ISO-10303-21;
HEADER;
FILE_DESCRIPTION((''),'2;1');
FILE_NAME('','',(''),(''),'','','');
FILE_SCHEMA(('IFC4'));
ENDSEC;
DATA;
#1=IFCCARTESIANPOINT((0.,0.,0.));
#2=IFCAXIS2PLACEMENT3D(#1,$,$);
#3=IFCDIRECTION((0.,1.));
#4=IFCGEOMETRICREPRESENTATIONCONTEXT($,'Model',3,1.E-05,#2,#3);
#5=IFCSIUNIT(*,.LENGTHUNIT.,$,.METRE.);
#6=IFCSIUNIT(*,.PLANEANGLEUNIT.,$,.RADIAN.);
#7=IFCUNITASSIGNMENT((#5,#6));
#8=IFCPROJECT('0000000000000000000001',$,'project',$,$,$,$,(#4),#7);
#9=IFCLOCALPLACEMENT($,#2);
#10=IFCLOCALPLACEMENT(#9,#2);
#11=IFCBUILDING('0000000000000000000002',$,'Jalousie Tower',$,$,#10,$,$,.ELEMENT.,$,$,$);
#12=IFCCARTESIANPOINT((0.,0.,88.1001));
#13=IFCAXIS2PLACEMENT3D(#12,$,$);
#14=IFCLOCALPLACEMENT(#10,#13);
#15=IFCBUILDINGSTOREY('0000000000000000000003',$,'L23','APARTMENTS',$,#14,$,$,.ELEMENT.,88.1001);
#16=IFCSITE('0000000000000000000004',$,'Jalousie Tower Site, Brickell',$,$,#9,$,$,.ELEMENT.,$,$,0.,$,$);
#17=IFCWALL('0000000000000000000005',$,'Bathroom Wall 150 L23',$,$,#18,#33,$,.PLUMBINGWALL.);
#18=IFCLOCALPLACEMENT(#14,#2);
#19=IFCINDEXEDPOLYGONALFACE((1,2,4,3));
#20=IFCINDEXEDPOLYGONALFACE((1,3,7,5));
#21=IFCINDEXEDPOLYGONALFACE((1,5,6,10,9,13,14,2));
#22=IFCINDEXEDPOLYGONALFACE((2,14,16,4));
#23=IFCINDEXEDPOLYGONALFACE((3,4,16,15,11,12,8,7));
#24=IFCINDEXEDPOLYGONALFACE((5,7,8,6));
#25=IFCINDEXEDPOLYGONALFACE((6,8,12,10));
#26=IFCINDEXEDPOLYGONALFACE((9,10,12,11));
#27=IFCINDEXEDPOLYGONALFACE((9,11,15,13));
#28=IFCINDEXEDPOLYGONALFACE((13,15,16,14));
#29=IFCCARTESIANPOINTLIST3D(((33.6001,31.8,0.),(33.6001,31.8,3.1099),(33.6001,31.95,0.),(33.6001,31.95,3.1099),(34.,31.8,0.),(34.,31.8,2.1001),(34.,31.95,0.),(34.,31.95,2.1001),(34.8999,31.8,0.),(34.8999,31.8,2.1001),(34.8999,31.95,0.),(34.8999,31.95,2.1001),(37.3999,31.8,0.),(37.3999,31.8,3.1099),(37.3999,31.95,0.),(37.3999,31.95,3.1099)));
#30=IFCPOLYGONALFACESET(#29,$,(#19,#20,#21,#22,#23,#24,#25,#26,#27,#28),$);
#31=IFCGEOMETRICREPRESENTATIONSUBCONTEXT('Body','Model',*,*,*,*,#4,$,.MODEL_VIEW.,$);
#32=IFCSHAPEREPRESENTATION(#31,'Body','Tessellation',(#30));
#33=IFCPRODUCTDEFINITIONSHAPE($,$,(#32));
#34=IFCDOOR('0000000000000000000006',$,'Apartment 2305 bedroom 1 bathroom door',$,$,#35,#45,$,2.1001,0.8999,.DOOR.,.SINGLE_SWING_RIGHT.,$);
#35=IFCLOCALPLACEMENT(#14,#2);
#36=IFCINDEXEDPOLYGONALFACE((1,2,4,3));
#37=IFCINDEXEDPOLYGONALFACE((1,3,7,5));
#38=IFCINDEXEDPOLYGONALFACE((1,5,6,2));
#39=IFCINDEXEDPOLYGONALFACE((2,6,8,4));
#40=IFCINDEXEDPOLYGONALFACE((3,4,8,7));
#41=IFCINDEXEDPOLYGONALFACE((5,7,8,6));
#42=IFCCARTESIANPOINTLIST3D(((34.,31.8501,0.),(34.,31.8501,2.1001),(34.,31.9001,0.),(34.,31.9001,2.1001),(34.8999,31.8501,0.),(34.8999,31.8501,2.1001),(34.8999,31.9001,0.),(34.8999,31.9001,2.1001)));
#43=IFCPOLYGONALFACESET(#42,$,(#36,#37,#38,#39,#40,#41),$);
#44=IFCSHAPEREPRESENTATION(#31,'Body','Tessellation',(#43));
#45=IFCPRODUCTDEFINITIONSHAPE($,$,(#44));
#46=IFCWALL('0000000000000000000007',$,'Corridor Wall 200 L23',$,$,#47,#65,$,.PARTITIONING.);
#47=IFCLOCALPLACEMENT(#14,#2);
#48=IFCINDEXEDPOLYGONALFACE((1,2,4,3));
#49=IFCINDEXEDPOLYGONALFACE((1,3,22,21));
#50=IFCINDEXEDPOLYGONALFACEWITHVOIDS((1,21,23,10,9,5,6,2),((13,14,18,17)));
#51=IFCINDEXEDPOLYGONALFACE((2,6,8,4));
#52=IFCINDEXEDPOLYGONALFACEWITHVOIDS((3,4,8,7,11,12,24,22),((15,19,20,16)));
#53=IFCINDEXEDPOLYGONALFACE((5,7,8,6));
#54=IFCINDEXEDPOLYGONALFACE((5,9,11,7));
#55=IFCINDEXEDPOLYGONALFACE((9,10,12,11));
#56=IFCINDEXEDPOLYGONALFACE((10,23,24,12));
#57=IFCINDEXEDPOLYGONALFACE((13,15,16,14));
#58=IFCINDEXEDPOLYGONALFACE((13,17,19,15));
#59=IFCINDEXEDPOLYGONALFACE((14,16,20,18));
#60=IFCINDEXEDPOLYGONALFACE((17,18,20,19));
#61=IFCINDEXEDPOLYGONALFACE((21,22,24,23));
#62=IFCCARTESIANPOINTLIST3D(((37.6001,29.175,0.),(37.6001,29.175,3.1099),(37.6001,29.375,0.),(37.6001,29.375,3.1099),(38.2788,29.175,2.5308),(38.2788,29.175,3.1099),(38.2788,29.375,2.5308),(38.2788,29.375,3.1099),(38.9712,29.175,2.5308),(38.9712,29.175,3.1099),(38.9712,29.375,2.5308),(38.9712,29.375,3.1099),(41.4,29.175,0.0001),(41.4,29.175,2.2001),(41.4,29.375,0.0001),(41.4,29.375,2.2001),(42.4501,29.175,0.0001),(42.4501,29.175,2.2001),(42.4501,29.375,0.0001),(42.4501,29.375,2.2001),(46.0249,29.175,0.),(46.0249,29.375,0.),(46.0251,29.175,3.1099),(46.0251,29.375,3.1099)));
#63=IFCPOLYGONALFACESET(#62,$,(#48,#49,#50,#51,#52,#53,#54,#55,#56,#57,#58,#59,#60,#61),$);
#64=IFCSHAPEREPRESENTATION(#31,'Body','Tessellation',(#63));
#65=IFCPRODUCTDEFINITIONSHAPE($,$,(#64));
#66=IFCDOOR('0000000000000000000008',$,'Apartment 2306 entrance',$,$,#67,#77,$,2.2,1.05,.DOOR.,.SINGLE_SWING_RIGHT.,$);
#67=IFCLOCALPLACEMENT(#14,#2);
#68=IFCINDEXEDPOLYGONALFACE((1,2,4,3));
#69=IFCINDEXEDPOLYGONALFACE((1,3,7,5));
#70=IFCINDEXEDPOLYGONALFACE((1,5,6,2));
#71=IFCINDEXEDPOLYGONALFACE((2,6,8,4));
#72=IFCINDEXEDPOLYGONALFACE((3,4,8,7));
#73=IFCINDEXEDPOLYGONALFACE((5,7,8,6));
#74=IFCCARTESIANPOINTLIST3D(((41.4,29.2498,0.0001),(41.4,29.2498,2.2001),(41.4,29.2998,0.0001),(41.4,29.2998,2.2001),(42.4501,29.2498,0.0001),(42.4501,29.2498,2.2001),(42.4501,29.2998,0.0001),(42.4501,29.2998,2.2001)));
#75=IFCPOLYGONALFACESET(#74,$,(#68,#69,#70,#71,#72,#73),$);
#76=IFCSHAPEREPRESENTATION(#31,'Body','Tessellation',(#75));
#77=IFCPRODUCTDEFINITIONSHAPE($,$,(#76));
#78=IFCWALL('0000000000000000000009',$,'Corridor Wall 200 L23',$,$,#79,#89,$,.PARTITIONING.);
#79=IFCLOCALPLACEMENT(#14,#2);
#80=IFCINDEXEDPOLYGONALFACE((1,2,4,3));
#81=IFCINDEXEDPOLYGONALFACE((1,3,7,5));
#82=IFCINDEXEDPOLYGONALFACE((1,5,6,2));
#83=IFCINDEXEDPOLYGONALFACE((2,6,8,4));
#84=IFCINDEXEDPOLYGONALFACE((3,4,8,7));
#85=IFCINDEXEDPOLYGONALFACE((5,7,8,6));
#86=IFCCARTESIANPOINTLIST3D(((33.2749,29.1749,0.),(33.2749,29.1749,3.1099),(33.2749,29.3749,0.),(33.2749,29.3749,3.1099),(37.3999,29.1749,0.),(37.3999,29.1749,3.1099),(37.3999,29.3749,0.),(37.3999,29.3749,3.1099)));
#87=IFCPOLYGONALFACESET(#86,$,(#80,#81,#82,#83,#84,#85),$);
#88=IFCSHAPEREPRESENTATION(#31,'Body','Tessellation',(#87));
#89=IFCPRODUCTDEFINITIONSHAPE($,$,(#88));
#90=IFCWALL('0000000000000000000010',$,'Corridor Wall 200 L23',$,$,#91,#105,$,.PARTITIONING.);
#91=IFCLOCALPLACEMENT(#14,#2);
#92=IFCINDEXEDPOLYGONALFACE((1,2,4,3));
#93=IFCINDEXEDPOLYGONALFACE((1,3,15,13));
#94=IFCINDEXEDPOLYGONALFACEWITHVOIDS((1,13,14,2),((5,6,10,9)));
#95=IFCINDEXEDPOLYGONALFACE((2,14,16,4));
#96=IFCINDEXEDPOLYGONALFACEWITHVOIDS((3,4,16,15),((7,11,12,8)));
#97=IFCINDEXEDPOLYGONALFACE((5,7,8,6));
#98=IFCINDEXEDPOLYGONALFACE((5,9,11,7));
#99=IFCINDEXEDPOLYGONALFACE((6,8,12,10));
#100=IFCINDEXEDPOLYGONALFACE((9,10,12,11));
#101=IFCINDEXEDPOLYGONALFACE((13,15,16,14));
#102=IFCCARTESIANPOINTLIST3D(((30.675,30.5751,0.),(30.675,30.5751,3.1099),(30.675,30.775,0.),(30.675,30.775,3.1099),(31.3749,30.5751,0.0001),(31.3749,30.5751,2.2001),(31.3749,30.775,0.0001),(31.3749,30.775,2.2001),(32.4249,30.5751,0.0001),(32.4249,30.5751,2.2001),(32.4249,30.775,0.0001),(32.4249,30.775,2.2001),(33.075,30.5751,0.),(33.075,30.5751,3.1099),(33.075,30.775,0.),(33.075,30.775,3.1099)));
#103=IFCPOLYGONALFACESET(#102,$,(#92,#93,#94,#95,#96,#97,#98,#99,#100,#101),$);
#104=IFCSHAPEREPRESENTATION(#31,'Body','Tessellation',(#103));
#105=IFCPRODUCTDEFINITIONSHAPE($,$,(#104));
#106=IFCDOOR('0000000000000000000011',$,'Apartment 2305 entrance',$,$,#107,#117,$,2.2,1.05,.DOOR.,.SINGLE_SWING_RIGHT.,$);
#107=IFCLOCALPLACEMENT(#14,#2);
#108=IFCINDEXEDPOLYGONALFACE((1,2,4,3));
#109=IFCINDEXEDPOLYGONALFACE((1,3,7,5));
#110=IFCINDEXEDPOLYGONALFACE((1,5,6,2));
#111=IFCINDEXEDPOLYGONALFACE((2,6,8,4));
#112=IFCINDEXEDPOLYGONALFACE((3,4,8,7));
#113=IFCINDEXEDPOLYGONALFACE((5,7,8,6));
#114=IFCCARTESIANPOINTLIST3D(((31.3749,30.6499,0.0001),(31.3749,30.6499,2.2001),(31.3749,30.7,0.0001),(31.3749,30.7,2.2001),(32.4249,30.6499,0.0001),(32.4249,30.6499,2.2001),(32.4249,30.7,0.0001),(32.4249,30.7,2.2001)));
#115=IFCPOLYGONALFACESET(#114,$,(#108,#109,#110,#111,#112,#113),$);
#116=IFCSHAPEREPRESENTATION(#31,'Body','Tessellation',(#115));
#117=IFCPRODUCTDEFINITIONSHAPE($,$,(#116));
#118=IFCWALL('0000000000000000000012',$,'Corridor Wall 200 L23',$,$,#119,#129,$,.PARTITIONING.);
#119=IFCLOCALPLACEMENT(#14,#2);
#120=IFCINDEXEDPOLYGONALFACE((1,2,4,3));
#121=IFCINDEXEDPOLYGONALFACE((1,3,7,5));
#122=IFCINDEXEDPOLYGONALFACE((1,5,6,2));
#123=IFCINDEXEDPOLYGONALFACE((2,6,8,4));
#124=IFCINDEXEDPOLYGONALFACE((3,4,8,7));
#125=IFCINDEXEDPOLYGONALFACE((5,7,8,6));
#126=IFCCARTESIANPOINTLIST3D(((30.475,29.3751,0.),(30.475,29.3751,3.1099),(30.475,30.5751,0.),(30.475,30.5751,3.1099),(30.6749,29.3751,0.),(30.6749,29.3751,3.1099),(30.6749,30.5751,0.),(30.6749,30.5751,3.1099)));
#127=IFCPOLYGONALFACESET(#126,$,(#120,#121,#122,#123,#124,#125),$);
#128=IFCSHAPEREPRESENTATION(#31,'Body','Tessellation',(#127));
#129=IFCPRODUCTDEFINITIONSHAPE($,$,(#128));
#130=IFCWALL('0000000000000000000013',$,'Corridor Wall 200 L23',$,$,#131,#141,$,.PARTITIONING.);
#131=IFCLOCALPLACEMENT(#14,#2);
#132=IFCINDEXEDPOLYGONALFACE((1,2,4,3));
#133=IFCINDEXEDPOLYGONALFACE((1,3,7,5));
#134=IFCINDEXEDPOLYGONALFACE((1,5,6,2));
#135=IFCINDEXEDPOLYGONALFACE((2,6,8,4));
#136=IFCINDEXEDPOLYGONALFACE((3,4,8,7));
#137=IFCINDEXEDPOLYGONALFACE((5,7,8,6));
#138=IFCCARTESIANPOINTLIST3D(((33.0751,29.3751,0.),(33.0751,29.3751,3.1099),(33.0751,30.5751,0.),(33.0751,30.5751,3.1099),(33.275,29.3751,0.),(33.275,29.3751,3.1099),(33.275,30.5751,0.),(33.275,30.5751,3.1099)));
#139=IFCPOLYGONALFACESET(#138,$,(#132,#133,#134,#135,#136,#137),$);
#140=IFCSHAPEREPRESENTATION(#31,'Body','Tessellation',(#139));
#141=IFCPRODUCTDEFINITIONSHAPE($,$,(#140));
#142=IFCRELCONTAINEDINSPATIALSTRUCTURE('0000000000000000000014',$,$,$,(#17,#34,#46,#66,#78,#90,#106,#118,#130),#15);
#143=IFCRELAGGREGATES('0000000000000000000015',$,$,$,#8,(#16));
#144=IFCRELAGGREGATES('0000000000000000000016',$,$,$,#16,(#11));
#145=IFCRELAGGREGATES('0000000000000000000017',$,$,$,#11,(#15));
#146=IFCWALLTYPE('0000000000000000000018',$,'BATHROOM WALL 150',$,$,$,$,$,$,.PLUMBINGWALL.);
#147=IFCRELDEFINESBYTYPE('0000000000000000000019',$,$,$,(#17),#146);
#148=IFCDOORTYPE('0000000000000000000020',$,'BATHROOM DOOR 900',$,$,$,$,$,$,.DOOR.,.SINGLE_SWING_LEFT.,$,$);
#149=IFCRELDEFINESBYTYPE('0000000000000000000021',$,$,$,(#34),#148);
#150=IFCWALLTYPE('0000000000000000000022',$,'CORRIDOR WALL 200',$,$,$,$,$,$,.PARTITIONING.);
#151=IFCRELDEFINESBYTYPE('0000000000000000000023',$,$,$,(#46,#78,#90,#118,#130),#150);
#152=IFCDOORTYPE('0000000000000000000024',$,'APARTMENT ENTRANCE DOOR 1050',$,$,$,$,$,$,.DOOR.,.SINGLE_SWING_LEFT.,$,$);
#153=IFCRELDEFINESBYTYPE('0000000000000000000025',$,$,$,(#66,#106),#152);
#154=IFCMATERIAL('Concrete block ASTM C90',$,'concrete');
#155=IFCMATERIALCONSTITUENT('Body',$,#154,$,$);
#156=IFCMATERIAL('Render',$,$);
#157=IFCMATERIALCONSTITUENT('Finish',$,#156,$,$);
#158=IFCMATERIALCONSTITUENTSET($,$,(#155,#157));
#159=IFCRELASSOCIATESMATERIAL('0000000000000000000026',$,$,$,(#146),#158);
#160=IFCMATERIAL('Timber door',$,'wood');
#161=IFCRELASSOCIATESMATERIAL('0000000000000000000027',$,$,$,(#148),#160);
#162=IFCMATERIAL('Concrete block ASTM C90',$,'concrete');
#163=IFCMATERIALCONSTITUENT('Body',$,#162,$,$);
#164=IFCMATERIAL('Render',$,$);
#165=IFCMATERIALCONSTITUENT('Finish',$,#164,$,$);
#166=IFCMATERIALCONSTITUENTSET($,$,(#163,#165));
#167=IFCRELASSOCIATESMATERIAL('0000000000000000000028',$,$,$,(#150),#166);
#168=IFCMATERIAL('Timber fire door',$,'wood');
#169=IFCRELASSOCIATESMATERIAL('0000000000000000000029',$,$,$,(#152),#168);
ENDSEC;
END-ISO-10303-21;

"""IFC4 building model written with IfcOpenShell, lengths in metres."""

from ifc_helpers import new_model, si_unit, direction, frame, frame_2d, origin, place, context, subcontext, project, spatial, polyline, rectangle, outline, extrude, material, constituent, constituent_set, type_object, element, fill, save


model = new_model("IFC4")

# Units and contexts
model_context = context("Model", 3, precision=1e-05, world=origin(), true_north=direction((0.0, 1.0)))
body_context = subcontext(model_context, "Body", "Model", "MODEL_VIEW")
ifc_project = project(units=[si_unit("LENGTHUNIT", "METRE"), si_unit("PLANEANGLEUNIT", "RADIAN")], contexts=[model_context])

# Site, building, storey
site_placement = place(None, origin())
site = spatial("IfcSite", under=ifc_project, at=site_placement, Name="Jalousie Tower Site, Brickell", CompositionType="ELEMENT", RefElevation=0.0)
building_placement = place(site_placement, origin())
building = spatial("IfcBuilding", under=site, at=building_placement, Name="Jalousie Tower", CompositionType="ELEMENT")
storey_placement = place(building_placement, frame((0.0, 0.0, 88.1001)))
storey = spatial("IfcBuildingStorey", under=building, at=storey_placement, Name="L23", Description="APARTMENTS", CompositionType="ELEMENT", Elevation=88.1001)

# Walls, openings, doors
ifc_material_1 = material(Name="Concrete block ASTM C90", Category="concrete")
ifc_constituent_1 = constituent(ifc_material_1, Name="Body")
ifc_material_2 = material(Name="Render")
ifc_constituent_2 = constituent(ifc_material_2, Name="Finish")
ifc_constituent_set_1 = constituent_set(constituents=[ifc_constituent_1, ifc_constituent_2])
wall_type_1 = type_object("IfcWallType", Name="BATHROOM WALL 150", PredefinedType="PLUMBINGWALL", material=ifc_constituent_set_1)
wall_1_placement = place(storey_placement, frame((33.6001, 31.875, 0.0), z_axis=(0.0, 0.0, 1.0), x_axis=(1.0, 0.0, 0.0)))
wall_1 = element("IfcWall", 1, at=wall_1_placement, inside=storey, type_object=wall_type_1, Name="Bathroom Wall 150 L23", PredefinedType="PLUMBINGWALL", context=body_context, shape_type="SweptSolid", body=[
    extrude(rectangle(XDim=3.7998, YDim=0.1499, at=frame_2d((1.8999, 0.0))), origin(), (0.0, 0.0, 1.0), 3.1099),
])
opening_1_placement = place(wall_1_placement, frame((0.3999, 0.0, 0.0)))
opening_1 = element("IfcOpeningElement", 2, at=opening_1_placement, cuts=wall_1, PredefinedType="OPENING", context=body_context, shape_type="SweptSolid", body=[
    extrude(rectangle(XDim=0.8999, YDim=2.1001, at=frame_2d((0.45, 1.05))), frame((0.0, 0.085, 0.0), z_axis=(0.0, -1.0, 0.0), x_axis=(1.0, 0.0, 0.0)), (0.0, 0.0, 1.0), 0.1699),
])
ifc_material_3 = material(Name="Timber door", Category="wood")
door_type_1 = type_object("IfcDoorType", Name="BATHROOM DOOR 900", OperationType="SINGLE_SWING_LEFT", PredefinedType="DOOR", material=ifc_material_3)
door_1_placement = place(opening_1_placement, frame((0.8999, 0.0, 0.0), z_axis=(0.0, 0.0, 1.0), x_axis=(-1.0, 0.0, 0.0)))
door_1 = element("IfcDoor", 3, at=door_1_placement, inside=storey, type_object=door_type_1, Name="Apartment 2305 bedroom 1 bathroom door", OperationType="SINGLE_SWING_RIGHT", OverallHeight=2.1001, OverallWidth=0.8999, PredefinedType="DOOR", context=body_context, shape_type="SweptSolid", body=[
    extrude(rectangle(XDim=0.8999, YDim=2.1001, at=frame_2d((0.45, 1.05))), frame((0.0, 0.0249, 0.0), z_axis=(0.0, -1.0, 0.0), x_axis=(1.0, 0.0, 0.0)), (0.0, 0.0, 1.0), 0.05),
])
fill(opening_1, door_1)
ifc_material_4 = material(Name="Concrete block ASTM C90", Category="concrete")
ifc_constituent_3 = constituent(ifc_material_4, Name="Body")
ifc_material_5 = material(Name="Render")
ifc_constituent_4 = constituent(ifc_material_5, Name="Finish")
ifc_constituent_set_2 = constituent_set(constituents=[ifc_constituent_3, ifc_constituent_4])
wall_type_2 = type_object("IfcWallType", Name="CORRIDOR WALL 200", PredefinedType="PARTITIONING", material=ifc_constituent_set_2)
wall_2_placement = place(storey_placement, frame((37.6001, 29.2749, 0.0), z_axis=(0.0, 0.0, 1.0), x_axis=(1.0, 0.0, 0.0)))
wall_2 = element("IfcWall", 4, at=wall_2_placement, inside=storey, type_object=wall_type_2, Name="Corridor Wall 200 L23", PredefinedType="PARTITIONING", context=body_context, shape_type="SweptSolid", body=[
    extrude(outline(polyline([(0.0, 0.0), (8.4248, 0.0), (8.425, 3.1099), (1.3711, 3.1099), (1.3711, 2.5308), (0.6787, 2.5308), (0.6787, 3.1099), (0.0, 3.1099), (0.0, 0.0)])), frame((0.0, 0.1001, 0.0), z_axis=(0.0, -1.0, 0.0), x_axis=(1.0, 0.0, 0.0)), (0.0, 0.0, 1.0), 0.2),
])
opening_2_placement = place(wall_2_placement, frame((3.8, 0.0, 0.0)))
opening_2 = element("IfcOpeningElement", 5, at=opening_2_placement, cuts=wall_2, PredefinedType="OPENING", context=body_context, shape_type="SweptSolid", body=[
    extrude(rectangle(XDim=1.05, YDim=2.2, at=frame_2d((0.5249, 1.1001))), frame((0.0, 0.1099, 0.0), z_axis=(0.0, -1.0, 0.0), x_axis=(1.0, 0.0, 0.0)), (0.0, 0.0, 1.0), 0.22),
])
ifc_material_6 = material(Name="Timber fire door", Category="wood")
door_type_2 = type_object("IfcDoorType", Name="APARTMENT ENTRANCE DOOR 1050", OperationType="SINGLE_SWING_LEFT", PredefinedType="DOOR", material=ifc_material_6)
door_2_placement = place(opening_2_placement, origin())
door_2 = element("IfcDoor", 6, at=door_2_placement, inside=storey, type_object=door_type_2, Name="Apartment 2306 entrance", OperationType="SINGLE_SWING_RIGHT", OverallHeight=2.2, OverallWidth=1.05, PredefinedType="DOOR", context=body_context, shape_type="SweptSolid", body=[
    extrude(rectangle(XDim=1.05, YDim=2.2, at=frame_2d((0.5249, 1.1001))), frame((0.0, 0.0249, 0.0), z_axis=(0.0, -1.0, 0.0), x_axis=(1.0, 0.0, 0.0)), (0.0, 0.0, 1.0), 0.05),
])
fill(opening_2, door_2)

# Wall
wall_3_placement = place(storey_placement, frame((33.2749, 29.2749, 0.0), z_axis=(0.0, 0.0, 1.0), x_axis=(1.0, 0.0, 0.0)))
element("IfcWall", 7, at=wall_3_placement, inside=storey, type_object=wall_type_2, Name="Corridor Wall 200 L23", PredefinedType="PARTITIONING", context=body_context, shape_type="SweptSolid", body=[
    extrude(rectangle(XDim=4.125, YDim=0.2, at=frame_2d((2.0625, 0.0))), origin(), (0.0, 0.0, 1.0), 3.1099),
])

# Wall, opening, door
wall_4_placement = place(storey_placement, frame((30.675, 30.675, 0.0), z_axis=(0.0, 0.0, 1.0), x_axis=(1.0, 0.0, 0.0)))
wall_4 = element("IfcWall", 8, at=wall_4_placement, inside=storey, type_object=wall_type_2, Name="Corridor Wall 200 L23", PredefinedType="PARTITIONING", context=body_context, shape_type="SweptSolid", body=[
    extrude(rectangle(XDim=2.3999, YDim=0.2, at=frame_2d((1.2, 0.0))), origin(), (0.0, 0.0, 1.0), 3.1099),
])
opening_3_placement = place(wall_4_placement, frame((0.7, 0.0, 0.0)))
opening_3 = element("IfcOpeningElement", 9, at=opening_3_placement, cuts=wall_4, PredefinedType="OPENING", context=body_context, shape_type="SweptSolid", body=[
    extrude(rectangle(XDim=1.05, YDim=2.2, at=frame_2d((0.5249, 1.1001))), frame((0.0, 0.1099, 0.0), z_axis=(0.0, -1.0, 0.0), x_axis=(1.0, 0.0, 0.0)), (0.0, 0.0, 1.0), 0.22),
])
door_3_placement = place(opening_3_placement, origin())
door_3 = element("IfcDoor", 10, at=door_3_placement, inside=storey, type_object=door_type_2, Name="Apartment 2305 entrance", OperationType="SINGLE_SWING_RIGHT", OverallHeight=2.2, OverallWidth=1.05, PredefinedType="DOOR", context=body_context, shape_type="SweptSolid", body=[
    extrude(rectangle(XDim=1.05, YDim=2.2, at=frame_2d((0.5249, 1.1001))), frame((0.0, 0.0249, 0.0), z_axis=(0.0, -1.0, 0.0), x_axis=(1.0, 0.0, 0.0)), (0.0, 0.0, 1.0), 0.05),
])
fill(opening_3, door_3)

# Walls
for number, where, z_axis, x_axis, name in (
    (11, (30.575, 29.375, 0.0), (0.0, 0.0, 1.0), (0.0, 1.0, 0.0), "Corridor Wall 200 L23"),
    (12, (33.175, 29.375, 0.0), (0.0, 0.0, 1.0), (0.0, 1.0, 0.0), "Corridor Wall 200 L23"),
):
    element("IfcWall", number, at=place(storey_placement, frame(where, z_axis=z_axis, x_axis=x_axis)), inside=storey, type_object=wall_type_2, Name=name, PredefinedType="PARTITIONING", context=body_context, shape_type="SweptSolid", body=[
        extrude(rectangle(XDim=1.2, YDim=0.2, at=frame_2d((0.6001, 0.0))), origin(), (0.0, 0.0, 1.0), 3.1099),
    ])

save(model, "model.ifc")
